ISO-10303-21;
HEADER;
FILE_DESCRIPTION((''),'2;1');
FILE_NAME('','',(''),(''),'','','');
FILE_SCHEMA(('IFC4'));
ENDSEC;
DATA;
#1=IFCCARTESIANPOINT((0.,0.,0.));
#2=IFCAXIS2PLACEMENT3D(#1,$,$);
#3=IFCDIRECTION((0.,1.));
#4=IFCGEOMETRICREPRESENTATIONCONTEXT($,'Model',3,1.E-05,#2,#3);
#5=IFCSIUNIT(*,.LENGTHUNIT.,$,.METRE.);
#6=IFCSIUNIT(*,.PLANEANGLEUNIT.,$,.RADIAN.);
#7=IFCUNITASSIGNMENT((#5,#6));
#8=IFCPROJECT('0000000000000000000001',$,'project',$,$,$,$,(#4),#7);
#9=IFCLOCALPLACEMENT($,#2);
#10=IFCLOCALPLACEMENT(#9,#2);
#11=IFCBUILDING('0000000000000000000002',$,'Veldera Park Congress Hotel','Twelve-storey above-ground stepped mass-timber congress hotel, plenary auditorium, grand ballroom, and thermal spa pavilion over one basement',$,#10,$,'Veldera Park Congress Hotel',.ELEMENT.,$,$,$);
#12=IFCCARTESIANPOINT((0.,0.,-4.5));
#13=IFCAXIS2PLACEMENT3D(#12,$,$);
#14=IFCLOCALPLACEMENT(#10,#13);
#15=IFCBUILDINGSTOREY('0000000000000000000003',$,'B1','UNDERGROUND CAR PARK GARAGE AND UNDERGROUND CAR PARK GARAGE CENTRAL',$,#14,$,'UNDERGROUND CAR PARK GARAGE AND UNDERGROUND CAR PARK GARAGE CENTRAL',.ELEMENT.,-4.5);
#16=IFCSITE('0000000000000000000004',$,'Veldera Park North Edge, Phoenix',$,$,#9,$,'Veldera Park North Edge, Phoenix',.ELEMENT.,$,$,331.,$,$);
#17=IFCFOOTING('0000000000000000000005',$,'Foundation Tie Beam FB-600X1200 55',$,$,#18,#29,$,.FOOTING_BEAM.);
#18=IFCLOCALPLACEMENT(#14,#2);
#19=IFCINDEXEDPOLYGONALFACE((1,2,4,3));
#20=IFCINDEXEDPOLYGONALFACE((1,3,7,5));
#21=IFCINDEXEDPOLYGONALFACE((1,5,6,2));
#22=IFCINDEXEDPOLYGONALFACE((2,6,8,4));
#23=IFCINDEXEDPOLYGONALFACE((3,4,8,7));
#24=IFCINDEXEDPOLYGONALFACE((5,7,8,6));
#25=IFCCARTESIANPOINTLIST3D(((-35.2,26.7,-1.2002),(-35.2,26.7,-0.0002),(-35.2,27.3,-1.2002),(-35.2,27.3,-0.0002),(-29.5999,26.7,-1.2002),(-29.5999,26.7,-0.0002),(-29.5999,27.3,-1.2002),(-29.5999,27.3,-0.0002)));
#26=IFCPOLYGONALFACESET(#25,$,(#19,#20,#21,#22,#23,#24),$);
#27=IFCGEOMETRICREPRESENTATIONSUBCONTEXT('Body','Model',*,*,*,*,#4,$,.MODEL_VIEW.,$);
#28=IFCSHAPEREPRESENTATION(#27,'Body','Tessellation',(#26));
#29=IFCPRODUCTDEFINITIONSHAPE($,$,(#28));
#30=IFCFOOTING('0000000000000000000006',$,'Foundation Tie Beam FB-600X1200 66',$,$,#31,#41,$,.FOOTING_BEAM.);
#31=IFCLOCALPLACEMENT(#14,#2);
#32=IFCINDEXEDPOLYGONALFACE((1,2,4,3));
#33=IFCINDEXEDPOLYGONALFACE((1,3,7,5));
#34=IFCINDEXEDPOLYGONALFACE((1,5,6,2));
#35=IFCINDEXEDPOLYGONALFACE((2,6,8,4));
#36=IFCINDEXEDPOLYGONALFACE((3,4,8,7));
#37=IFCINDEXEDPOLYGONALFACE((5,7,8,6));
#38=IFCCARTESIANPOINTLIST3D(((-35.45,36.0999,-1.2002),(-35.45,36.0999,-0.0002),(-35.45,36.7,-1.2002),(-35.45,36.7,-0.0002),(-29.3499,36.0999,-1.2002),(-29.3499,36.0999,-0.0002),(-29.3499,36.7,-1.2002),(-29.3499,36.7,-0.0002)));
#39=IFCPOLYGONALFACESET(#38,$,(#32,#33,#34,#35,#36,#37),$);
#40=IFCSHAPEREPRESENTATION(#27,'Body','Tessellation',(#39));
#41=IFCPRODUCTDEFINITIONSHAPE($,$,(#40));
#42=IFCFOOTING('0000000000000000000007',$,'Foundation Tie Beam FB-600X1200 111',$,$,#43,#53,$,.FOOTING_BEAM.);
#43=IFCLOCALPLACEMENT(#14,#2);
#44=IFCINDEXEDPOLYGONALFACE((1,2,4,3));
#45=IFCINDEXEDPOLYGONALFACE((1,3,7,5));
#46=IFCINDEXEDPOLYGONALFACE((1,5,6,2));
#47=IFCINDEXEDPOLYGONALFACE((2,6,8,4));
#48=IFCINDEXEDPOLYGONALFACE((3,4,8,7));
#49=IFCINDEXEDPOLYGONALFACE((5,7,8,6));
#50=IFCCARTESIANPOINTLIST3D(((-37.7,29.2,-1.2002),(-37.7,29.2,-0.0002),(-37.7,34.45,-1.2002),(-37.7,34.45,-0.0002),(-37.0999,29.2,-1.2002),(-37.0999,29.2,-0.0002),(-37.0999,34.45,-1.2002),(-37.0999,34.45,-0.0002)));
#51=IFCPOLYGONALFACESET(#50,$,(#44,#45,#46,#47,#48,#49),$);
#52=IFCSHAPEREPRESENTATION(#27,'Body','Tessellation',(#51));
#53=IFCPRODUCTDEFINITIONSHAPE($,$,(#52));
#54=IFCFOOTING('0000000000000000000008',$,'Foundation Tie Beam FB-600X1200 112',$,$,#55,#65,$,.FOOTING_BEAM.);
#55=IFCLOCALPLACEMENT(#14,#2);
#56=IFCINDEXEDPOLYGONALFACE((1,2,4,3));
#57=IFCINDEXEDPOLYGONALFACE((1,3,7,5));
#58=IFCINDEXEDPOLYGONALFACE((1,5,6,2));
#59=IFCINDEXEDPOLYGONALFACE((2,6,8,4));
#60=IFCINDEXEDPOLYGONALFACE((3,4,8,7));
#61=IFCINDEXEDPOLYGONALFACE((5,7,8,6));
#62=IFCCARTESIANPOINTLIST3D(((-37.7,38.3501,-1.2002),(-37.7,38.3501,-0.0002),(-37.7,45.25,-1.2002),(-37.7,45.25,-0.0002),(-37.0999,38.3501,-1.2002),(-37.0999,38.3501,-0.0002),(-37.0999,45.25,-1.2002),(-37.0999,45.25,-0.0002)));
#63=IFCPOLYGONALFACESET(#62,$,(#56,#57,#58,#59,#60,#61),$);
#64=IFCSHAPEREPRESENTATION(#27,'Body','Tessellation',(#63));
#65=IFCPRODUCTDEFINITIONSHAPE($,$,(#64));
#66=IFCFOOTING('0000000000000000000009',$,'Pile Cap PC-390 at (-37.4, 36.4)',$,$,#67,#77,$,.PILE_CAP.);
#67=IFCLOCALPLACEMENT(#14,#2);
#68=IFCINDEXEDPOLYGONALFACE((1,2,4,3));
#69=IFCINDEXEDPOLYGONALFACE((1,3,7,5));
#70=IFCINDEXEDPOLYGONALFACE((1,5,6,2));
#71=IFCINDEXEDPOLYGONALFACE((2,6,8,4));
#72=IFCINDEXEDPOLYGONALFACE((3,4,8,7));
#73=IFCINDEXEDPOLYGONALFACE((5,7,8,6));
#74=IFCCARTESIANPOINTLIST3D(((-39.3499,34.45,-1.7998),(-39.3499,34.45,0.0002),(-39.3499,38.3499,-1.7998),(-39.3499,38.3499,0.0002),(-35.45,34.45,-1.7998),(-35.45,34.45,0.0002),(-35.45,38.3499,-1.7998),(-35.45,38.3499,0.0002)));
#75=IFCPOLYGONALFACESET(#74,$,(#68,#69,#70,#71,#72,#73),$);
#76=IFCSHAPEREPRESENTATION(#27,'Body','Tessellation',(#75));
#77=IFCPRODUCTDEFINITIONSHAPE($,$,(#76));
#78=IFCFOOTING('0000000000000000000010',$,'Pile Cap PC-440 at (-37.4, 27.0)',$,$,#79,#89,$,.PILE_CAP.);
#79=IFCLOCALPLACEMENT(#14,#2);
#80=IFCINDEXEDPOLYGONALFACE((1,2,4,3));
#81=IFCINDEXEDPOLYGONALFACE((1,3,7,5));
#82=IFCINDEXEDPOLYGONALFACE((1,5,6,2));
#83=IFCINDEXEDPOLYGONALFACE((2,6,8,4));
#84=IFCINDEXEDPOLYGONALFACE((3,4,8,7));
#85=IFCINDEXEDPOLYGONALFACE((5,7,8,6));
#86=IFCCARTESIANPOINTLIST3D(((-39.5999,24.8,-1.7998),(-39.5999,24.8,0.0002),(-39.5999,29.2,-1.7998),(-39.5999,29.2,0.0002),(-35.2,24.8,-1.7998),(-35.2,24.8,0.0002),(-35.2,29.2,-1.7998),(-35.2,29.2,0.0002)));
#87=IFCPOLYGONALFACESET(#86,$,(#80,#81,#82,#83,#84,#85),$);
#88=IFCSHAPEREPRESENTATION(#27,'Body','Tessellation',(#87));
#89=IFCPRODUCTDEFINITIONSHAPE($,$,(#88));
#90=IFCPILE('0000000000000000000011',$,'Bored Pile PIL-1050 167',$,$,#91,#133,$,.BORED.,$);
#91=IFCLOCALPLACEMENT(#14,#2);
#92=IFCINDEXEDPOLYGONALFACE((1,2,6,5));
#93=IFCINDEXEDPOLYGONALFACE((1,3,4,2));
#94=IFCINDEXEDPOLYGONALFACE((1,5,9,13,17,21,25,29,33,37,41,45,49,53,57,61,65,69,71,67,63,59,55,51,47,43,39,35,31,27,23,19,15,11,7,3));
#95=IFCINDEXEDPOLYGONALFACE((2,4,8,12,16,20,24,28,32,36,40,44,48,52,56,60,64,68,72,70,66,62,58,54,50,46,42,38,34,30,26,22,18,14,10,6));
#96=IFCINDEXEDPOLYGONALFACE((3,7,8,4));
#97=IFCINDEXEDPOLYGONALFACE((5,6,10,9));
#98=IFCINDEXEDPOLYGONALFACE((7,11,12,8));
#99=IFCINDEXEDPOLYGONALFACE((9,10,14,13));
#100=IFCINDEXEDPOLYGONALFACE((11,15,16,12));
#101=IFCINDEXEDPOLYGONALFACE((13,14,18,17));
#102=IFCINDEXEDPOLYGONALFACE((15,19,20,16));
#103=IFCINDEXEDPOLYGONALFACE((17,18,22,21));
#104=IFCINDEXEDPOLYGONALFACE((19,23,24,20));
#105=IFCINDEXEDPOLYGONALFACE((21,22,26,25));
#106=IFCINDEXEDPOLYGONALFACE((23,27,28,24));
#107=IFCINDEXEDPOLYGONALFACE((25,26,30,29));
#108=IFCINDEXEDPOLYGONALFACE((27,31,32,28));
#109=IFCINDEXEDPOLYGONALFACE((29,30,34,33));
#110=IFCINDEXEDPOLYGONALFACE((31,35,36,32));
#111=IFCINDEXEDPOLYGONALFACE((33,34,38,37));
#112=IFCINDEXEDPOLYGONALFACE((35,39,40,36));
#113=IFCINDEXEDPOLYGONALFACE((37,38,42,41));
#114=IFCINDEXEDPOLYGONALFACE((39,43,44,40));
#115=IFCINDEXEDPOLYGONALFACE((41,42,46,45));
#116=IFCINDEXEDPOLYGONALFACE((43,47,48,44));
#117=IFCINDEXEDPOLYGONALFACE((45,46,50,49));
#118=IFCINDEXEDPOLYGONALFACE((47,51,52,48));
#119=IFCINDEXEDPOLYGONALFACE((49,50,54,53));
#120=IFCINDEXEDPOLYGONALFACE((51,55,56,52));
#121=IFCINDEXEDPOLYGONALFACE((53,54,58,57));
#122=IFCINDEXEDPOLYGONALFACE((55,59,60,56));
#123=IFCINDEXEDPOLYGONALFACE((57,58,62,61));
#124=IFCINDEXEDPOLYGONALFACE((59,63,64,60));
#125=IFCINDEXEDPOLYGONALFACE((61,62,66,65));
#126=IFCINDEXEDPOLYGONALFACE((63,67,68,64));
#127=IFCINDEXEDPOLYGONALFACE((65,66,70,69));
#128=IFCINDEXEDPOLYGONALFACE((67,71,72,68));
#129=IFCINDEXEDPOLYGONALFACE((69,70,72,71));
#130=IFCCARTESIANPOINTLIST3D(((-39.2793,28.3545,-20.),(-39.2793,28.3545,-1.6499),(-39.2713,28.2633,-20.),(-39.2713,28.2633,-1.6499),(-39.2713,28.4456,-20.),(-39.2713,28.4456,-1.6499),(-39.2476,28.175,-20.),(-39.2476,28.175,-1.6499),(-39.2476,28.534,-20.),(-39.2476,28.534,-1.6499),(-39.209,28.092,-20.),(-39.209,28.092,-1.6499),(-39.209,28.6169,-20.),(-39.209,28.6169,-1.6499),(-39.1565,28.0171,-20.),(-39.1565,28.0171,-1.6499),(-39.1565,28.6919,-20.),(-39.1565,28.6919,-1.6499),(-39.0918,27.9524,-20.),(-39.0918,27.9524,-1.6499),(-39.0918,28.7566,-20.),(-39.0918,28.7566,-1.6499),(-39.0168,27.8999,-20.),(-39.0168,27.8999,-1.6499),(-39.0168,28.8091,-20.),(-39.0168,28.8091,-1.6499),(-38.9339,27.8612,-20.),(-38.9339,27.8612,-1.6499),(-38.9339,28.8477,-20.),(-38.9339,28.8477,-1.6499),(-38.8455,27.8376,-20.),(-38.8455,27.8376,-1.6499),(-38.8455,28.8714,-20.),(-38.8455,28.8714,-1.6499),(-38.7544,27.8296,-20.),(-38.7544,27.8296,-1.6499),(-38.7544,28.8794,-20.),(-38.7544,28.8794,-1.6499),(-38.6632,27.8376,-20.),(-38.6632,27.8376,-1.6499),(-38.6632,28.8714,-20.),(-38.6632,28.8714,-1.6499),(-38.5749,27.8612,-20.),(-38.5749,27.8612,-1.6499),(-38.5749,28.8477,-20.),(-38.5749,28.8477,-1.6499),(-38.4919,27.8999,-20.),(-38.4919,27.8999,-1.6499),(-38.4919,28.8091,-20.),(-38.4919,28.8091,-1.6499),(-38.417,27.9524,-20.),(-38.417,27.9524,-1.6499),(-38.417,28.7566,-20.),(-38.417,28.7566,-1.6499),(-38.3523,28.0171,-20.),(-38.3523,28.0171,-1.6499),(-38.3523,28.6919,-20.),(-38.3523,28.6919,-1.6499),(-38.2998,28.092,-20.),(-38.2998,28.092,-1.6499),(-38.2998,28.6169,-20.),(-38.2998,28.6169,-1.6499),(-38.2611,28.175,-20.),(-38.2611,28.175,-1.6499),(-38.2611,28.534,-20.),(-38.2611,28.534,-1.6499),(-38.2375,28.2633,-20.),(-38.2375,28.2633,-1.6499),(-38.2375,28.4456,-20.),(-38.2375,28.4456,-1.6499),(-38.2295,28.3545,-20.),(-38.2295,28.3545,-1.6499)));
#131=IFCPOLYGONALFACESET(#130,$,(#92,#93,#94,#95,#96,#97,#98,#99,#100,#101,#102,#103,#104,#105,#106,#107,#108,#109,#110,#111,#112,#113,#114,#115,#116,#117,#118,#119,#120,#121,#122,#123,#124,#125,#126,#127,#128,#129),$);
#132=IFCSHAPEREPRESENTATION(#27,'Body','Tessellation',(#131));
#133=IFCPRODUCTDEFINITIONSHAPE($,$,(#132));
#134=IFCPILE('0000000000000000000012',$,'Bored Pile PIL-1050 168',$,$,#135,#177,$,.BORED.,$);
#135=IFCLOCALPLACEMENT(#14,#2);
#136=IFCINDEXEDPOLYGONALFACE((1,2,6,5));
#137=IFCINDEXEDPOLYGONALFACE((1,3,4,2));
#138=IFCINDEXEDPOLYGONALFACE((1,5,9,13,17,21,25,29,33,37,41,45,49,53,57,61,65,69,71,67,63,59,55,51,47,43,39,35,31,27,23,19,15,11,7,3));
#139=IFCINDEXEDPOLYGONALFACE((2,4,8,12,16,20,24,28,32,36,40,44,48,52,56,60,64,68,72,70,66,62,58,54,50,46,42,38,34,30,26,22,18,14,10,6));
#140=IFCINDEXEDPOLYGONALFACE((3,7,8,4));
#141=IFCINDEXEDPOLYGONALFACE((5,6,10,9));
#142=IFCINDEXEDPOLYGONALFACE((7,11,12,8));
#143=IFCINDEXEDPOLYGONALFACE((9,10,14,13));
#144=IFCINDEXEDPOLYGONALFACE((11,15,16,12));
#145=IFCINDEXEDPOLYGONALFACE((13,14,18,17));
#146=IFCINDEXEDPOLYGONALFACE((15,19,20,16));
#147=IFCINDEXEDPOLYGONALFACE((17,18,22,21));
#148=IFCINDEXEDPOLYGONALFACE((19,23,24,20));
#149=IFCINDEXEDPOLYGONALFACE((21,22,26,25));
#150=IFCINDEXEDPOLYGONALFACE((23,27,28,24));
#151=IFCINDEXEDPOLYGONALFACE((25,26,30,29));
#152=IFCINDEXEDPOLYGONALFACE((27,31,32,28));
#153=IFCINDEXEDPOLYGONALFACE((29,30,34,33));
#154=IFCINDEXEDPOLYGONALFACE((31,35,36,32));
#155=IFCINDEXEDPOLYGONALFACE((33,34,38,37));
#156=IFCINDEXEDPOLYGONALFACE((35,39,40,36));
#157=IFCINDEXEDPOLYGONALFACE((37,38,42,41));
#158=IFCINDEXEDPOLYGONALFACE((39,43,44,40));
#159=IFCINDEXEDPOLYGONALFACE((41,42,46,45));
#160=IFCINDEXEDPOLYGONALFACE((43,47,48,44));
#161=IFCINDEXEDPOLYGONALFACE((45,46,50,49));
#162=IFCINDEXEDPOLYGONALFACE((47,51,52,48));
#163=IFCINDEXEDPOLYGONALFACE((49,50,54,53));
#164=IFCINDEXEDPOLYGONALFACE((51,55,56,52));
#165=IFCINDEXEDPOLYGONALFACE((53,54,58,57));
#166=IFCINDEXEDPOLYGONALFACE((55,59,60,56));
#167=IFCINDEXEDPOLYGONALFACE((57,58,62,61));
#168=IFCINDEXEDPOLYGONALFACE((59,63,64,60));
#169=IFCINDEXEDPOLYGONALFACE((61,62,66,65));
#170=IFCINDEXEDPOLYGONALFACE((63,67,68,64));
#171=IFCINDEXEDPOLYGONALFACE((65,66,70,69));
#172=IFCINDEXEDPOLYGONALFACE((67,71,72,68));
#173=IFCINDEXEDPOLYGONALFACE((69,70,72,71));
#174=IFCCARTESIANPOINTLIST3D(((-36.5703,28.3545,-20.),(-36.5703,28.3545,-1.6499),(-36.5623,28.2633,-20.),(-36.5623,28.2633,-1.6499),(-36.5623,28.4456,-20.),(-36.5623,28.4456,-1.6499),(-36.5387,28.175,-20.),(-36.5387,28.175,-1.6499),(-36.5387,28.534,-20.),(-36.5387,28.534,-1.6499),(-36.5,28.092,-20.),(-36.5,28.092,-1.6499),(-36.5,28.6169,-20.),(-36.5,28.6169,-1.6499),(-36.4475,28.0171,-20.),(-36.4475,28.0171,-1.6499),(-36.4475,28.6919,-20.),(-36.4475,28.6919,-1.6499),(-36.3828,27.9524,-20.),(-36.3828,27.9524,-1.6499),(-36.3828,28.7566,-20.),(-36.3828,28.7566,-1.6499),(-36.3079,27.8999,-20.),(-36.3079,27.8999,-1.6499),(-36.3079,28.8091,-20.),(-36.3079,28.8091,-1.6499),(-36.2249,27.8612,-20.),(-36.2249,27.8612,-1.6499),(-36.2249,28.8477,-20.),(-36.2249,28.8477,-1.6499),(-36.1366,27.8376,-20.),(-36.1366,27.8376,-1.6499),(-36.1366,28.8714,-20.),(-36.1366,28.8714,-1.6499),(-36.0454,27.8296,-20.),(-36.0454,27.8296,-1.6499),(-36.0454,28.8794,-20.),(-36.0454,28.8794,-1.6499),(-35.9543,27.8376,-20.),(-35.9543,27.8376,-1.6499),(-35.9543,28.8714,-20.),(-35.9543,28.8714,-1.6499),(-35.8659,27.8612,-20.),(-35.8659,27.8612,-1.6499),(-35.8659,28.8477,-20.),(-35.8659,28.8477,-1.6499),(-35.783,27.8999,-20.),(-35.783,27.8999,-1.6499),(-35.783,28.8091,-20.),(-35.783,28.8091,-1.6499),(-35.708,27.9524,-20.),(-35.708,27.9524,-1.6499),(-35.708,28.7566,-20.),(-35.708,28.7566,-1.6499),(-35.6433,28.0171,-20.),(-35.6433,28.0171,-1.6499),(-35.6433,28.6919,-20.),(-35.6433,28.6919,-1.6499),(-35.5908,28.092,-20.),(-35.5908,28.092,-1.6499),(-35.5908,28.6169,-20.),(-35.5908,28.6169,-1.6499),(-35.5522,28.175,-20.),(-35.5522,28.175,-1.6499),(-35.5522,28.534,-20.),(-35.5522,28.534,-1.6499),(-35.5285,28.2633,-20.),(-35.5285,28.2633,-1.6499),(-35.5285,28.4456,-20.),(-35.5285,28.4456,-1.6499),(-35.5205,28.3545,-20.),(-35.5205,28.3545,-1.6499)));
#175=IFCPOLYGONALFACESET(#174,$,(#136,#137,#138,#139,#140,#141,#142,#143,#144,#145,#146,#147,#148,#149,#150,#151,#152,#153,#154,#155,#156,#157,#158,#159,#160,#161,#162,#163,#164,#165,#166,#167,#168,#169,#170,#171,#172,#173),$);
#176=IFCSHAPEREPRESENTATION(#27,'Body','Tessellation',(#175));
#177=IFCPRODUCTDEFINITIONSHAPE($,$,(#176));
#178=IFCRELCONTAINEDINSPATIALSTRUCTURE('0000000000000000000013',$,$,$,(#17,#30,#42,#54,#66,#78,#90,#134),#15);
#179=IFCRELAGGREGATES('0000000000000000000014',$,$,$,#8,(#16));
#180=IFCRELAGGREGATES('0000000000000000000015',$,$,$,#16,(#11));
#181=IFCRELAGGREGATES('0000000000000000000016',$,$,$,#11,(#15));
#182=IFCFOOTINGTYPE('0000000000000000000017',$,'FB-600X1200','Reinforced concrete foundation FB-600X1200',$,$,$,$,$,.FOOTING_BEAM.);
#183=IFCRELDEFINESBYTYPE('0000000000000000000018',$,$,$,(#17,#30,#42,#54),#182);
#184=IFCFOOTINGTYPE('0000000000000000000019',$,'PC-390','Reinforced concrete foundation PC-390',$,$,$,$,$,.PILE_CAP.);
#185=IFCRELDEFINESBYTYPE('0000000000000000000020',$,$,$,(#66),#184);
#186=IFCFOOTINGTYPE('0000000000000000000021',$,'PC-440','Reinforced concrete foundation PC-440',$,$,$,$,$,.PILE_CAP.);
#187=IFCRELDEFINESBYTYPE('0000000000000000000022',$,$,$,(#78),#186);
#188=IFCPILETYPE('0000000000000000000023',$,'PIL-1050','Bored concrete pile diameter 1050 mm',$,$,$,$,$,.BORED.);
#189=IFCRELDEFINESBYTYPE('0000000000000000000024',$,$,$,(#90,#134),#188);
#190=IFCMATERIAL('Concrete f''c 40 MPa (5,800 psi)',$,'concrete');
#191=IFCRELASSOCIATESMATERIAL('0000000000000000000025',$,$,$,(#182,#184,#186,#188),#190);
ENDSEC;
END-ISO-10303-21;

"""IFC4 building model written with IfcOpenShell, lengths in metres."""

from ifc_helpers import new_model, si_unit, direction, frame, origin, origin_2d, place, context, subcontext, project, spatial, rectangle, circle, extrude, material, material_profile, profile_set, type_object, element, save


model = new_model("IFC4")

# Units and contexts
model_context = context("Model", 3, precision=1e-05, world=origin(), true_north=direction((0.0, 1.0)))
body_context = subcontext(model_context, "Body", "Model", "MODEL_VIEW")
ifc_project = project(units=[si_unit("LENGTHUNIT", "METRE"), si_unit("PLANEANGLEUNIT", "RADIAN")], contexts=[model_context])

# Site, building, storey
site_placement = place(None, origin())
site = spatial("IfcSite", under=ifc_project, at=site_placement, Name="Veldera Park North Edge, Phoenix", LongName="Veldera Park North Edge, Phoenix", CompositionType="ELEMENT", RefElevation=331.0)
building_placement = place(site_placement, origin())
building = spatial("IfcBuilding", under=site, at=building_placement, Name="Veldera Park Congress Hotel", Description="Twelve-storey above-ground stepped mass-timber congress hotel, plenary auditorium, grand ballroom, and thermal spa pavilion over one basement", LongName="Veldera Park Congress Hotel", CompositionType="ELEMENT")
storey_placement = place(building_placement, frame((0.0, 0.0, -4.5)))
storey = spatial("IfcBuildingStorey", under=building, at=storey_placement, Name="B1", Description="UNDERGROUND CAR PARK GARAGE AND UNDERGROUND CAR PARK GARAGE CENTRAL", LongName="UNDERGROUND CAR PARK GARAGE AND UNDERGROUND CAR PARK GARAGE CENTRAL", CompositionType="ELEMENT", Elevation=-4.5)

# Footings
ifc_material_1 = material(Name="Concrete f'c 40 MPa (5,800 psi)", Category="concrete")
footing_type_1 = type_object("IfcFootingType", Name="FB-600X1200", Description="Reinforced concrete foundation FB-600X1200", PredefinedType="FOOTING_BEAM", material=ifc_material_1)
footing_1_placement = place(storey_placement, frame((-32.3999, 27.0, -1.2002), z_axis=(0.0, 0.0, 1.0), x_axis=(1.0, 0.0, 0.0)))
element("IfcFooting", 1, at=footing_1_placement, inside=storey, type_object=footing_type_1, Name="Foundation Tie Beam FB-600X1200 55", PredefinedType="FOOTING_BEAM", context=body_context, shape_type="SweptSolid", body=[
    extrude(rectangle(XDim=5.6001, YDim=0.6001, at=origin_2d()), origin(), (0.0, 0.0, 1.0), 1.2),
])
footing_2_placement = place(storey_placement, frame((-32.3999, 36.3999, -1.2002), z_axis=(0.0, 0.0, 1.0), x_axis=(1.0, 0.0, 0.0)))
element("IfcFooting", 2, at=footing_2_placement, inside=storey, type_object=footing_type_1, Name="Foundation Tie Beam FB-600X1200 66", PredefinedType="FOOTING_BEAM", context=body_context, shape_type="SweptSolid", body=[
    extrude(rectangle(XDim=6.1001, YDim=0.6001, at=origin_2d()), origin(), (0.0, 0.0, 1.0), 1.2),
])
footing_3_placement = place(storey_placement, frame((-37.3999, 31.825, -1.2002), z_axis=(0.0, 0.0, 1.0), x_axis=(0.0, 1.0, 0.0)))
element("IfcFooting", 3, at=footing_3_placement, inside=storey, type_object=footing_type_1, Name="Foundation Tie Beam FB-600X1200 111", PredefinedType="FOOTING_BEAM", context=body_context, shape_type="SweptSolid", body=[
    extrude(rectangle(XDim=5.25, YDim=0.6001, at=origin_2d()), origin(), (0.0, 0.0, 1.0), 1.2),
])
footing_4_placement = place(storey_placement, frame((-37.3999, 41.8, -1.2002), z_axis=(0.0, 0.0, 1.0), x_axis=(0.0, 1.0, 0.0)))
element("IfcFooting", 4, at=footing_4_placement, inside=storey, type_object=footing_type_1, Name="Foundation Tie Beam FB-600X1200 112", PredefinedType="FOOTING_BEAM", context=body_context, shape_type="SweptSolid", body=[
    extrude(rectangle(XDim=6.8999, YDim=0.6001, at=origin_2d()), origin(), (0.0, 0.0, 1.0), 1.2),
])
footing_type_2 = type_object("IfcFootingType", Name="PC-390", Description="Reinforced concrete foundation PC-390", PredefinedType="PILE_CAP", material=ifc_material_1)
footing_5_placement = place(storey_placement, frame((-37.3999, 36.3999, -1.7998), z_axis=(0.0, 0.0, 1.0), x_axis=(1.0, 0.0, 0.0)))
element("IfcFooting", 5, at=footing_5_placement, inside=storey, type_object=footing_type_2, Name="Pile Cap PC-390 at (-37.4, 36.4)", PredefinedType="PILE_CAP", context=body_context, shape_type="SweptSolid", body=[
    extrude(rectangle(XDim=3.8999, YDim=3.8999, at=origin_2d()), origin(), (0.0, 0.0, 1.0), 1.8),
])
footing_type_3 = type_object("IfcFootingType", Name="PC-440", Description="Reinforced concrete foundation PC-440", PredefinedType="PILE_CAP", material=ifc_material_1)
footing_6_placement = place(storey_placement, frame((-37.3999, 27.0, -1.7998), z_axis=(0.0, 0.0, 1.0), x_axis=(1.0, 0.0, 0.0)))
element("IfcFooting", 6, at=footing_6_placement, inside=storey, type_object=footing_type_3, Name="Pile Cap PC-440 at (-37.4, 27.0)", PredefinedType="PILE_CAP", context=body_context, shape_type="SweptSolid", body=[
    extrude(rectangle(XDim=4.3999, YDim=4.3999, at=origin_2d()), origin(), (0.0, 0.0, 1.0), 1.8),
])

# Piles
ifc_material_profile_1 = material_profile(ifc_material_1, circle(Radius=0.5249, at=origin_2d()), Name="PILE D1050")
ifc_profile_set_1 = profile_set([ifc_material_profile_1], Name="Concrete f'c 40 MPa (5,800 psi)")
pile_type_1 = type_object("IfcPileType", Name="PIL-1050", Description="Bored concrete pile diameter 1050 mm", PredefinedType="BORED", material=ifc_profile_set_1)
for number, where, z_axis, x_axis, name in (
    (7, (-38.7544, 28.3545, -1.6499), (0.0, 0.0, -1.0), (1.0, 0.0, 0.0), "Bored Pile PIL-1050 167"),
    (8, (-36.0454, 28.3545, -1.6499), (0.0, 0.0, -1.0), (1.0, 0.0, 0.0), "Bored Pile PIL-1050 168"),
):
    element("IfcPile", number, at=place(storey_placement, frame(where, z_axis=z_axis, x_axis=x_axis)), inside=storey, type_object=pile_type_1, Name=name, PredefinedType="BORED", context=body_context, shape_type="SweptSolid", body=[
        extrude(circle(Radius=0.5249, at=origin_2d()), origin(), (0.0, 0.0, 1.0), 18.3501),
    ])

save(model, "model.ifc")
